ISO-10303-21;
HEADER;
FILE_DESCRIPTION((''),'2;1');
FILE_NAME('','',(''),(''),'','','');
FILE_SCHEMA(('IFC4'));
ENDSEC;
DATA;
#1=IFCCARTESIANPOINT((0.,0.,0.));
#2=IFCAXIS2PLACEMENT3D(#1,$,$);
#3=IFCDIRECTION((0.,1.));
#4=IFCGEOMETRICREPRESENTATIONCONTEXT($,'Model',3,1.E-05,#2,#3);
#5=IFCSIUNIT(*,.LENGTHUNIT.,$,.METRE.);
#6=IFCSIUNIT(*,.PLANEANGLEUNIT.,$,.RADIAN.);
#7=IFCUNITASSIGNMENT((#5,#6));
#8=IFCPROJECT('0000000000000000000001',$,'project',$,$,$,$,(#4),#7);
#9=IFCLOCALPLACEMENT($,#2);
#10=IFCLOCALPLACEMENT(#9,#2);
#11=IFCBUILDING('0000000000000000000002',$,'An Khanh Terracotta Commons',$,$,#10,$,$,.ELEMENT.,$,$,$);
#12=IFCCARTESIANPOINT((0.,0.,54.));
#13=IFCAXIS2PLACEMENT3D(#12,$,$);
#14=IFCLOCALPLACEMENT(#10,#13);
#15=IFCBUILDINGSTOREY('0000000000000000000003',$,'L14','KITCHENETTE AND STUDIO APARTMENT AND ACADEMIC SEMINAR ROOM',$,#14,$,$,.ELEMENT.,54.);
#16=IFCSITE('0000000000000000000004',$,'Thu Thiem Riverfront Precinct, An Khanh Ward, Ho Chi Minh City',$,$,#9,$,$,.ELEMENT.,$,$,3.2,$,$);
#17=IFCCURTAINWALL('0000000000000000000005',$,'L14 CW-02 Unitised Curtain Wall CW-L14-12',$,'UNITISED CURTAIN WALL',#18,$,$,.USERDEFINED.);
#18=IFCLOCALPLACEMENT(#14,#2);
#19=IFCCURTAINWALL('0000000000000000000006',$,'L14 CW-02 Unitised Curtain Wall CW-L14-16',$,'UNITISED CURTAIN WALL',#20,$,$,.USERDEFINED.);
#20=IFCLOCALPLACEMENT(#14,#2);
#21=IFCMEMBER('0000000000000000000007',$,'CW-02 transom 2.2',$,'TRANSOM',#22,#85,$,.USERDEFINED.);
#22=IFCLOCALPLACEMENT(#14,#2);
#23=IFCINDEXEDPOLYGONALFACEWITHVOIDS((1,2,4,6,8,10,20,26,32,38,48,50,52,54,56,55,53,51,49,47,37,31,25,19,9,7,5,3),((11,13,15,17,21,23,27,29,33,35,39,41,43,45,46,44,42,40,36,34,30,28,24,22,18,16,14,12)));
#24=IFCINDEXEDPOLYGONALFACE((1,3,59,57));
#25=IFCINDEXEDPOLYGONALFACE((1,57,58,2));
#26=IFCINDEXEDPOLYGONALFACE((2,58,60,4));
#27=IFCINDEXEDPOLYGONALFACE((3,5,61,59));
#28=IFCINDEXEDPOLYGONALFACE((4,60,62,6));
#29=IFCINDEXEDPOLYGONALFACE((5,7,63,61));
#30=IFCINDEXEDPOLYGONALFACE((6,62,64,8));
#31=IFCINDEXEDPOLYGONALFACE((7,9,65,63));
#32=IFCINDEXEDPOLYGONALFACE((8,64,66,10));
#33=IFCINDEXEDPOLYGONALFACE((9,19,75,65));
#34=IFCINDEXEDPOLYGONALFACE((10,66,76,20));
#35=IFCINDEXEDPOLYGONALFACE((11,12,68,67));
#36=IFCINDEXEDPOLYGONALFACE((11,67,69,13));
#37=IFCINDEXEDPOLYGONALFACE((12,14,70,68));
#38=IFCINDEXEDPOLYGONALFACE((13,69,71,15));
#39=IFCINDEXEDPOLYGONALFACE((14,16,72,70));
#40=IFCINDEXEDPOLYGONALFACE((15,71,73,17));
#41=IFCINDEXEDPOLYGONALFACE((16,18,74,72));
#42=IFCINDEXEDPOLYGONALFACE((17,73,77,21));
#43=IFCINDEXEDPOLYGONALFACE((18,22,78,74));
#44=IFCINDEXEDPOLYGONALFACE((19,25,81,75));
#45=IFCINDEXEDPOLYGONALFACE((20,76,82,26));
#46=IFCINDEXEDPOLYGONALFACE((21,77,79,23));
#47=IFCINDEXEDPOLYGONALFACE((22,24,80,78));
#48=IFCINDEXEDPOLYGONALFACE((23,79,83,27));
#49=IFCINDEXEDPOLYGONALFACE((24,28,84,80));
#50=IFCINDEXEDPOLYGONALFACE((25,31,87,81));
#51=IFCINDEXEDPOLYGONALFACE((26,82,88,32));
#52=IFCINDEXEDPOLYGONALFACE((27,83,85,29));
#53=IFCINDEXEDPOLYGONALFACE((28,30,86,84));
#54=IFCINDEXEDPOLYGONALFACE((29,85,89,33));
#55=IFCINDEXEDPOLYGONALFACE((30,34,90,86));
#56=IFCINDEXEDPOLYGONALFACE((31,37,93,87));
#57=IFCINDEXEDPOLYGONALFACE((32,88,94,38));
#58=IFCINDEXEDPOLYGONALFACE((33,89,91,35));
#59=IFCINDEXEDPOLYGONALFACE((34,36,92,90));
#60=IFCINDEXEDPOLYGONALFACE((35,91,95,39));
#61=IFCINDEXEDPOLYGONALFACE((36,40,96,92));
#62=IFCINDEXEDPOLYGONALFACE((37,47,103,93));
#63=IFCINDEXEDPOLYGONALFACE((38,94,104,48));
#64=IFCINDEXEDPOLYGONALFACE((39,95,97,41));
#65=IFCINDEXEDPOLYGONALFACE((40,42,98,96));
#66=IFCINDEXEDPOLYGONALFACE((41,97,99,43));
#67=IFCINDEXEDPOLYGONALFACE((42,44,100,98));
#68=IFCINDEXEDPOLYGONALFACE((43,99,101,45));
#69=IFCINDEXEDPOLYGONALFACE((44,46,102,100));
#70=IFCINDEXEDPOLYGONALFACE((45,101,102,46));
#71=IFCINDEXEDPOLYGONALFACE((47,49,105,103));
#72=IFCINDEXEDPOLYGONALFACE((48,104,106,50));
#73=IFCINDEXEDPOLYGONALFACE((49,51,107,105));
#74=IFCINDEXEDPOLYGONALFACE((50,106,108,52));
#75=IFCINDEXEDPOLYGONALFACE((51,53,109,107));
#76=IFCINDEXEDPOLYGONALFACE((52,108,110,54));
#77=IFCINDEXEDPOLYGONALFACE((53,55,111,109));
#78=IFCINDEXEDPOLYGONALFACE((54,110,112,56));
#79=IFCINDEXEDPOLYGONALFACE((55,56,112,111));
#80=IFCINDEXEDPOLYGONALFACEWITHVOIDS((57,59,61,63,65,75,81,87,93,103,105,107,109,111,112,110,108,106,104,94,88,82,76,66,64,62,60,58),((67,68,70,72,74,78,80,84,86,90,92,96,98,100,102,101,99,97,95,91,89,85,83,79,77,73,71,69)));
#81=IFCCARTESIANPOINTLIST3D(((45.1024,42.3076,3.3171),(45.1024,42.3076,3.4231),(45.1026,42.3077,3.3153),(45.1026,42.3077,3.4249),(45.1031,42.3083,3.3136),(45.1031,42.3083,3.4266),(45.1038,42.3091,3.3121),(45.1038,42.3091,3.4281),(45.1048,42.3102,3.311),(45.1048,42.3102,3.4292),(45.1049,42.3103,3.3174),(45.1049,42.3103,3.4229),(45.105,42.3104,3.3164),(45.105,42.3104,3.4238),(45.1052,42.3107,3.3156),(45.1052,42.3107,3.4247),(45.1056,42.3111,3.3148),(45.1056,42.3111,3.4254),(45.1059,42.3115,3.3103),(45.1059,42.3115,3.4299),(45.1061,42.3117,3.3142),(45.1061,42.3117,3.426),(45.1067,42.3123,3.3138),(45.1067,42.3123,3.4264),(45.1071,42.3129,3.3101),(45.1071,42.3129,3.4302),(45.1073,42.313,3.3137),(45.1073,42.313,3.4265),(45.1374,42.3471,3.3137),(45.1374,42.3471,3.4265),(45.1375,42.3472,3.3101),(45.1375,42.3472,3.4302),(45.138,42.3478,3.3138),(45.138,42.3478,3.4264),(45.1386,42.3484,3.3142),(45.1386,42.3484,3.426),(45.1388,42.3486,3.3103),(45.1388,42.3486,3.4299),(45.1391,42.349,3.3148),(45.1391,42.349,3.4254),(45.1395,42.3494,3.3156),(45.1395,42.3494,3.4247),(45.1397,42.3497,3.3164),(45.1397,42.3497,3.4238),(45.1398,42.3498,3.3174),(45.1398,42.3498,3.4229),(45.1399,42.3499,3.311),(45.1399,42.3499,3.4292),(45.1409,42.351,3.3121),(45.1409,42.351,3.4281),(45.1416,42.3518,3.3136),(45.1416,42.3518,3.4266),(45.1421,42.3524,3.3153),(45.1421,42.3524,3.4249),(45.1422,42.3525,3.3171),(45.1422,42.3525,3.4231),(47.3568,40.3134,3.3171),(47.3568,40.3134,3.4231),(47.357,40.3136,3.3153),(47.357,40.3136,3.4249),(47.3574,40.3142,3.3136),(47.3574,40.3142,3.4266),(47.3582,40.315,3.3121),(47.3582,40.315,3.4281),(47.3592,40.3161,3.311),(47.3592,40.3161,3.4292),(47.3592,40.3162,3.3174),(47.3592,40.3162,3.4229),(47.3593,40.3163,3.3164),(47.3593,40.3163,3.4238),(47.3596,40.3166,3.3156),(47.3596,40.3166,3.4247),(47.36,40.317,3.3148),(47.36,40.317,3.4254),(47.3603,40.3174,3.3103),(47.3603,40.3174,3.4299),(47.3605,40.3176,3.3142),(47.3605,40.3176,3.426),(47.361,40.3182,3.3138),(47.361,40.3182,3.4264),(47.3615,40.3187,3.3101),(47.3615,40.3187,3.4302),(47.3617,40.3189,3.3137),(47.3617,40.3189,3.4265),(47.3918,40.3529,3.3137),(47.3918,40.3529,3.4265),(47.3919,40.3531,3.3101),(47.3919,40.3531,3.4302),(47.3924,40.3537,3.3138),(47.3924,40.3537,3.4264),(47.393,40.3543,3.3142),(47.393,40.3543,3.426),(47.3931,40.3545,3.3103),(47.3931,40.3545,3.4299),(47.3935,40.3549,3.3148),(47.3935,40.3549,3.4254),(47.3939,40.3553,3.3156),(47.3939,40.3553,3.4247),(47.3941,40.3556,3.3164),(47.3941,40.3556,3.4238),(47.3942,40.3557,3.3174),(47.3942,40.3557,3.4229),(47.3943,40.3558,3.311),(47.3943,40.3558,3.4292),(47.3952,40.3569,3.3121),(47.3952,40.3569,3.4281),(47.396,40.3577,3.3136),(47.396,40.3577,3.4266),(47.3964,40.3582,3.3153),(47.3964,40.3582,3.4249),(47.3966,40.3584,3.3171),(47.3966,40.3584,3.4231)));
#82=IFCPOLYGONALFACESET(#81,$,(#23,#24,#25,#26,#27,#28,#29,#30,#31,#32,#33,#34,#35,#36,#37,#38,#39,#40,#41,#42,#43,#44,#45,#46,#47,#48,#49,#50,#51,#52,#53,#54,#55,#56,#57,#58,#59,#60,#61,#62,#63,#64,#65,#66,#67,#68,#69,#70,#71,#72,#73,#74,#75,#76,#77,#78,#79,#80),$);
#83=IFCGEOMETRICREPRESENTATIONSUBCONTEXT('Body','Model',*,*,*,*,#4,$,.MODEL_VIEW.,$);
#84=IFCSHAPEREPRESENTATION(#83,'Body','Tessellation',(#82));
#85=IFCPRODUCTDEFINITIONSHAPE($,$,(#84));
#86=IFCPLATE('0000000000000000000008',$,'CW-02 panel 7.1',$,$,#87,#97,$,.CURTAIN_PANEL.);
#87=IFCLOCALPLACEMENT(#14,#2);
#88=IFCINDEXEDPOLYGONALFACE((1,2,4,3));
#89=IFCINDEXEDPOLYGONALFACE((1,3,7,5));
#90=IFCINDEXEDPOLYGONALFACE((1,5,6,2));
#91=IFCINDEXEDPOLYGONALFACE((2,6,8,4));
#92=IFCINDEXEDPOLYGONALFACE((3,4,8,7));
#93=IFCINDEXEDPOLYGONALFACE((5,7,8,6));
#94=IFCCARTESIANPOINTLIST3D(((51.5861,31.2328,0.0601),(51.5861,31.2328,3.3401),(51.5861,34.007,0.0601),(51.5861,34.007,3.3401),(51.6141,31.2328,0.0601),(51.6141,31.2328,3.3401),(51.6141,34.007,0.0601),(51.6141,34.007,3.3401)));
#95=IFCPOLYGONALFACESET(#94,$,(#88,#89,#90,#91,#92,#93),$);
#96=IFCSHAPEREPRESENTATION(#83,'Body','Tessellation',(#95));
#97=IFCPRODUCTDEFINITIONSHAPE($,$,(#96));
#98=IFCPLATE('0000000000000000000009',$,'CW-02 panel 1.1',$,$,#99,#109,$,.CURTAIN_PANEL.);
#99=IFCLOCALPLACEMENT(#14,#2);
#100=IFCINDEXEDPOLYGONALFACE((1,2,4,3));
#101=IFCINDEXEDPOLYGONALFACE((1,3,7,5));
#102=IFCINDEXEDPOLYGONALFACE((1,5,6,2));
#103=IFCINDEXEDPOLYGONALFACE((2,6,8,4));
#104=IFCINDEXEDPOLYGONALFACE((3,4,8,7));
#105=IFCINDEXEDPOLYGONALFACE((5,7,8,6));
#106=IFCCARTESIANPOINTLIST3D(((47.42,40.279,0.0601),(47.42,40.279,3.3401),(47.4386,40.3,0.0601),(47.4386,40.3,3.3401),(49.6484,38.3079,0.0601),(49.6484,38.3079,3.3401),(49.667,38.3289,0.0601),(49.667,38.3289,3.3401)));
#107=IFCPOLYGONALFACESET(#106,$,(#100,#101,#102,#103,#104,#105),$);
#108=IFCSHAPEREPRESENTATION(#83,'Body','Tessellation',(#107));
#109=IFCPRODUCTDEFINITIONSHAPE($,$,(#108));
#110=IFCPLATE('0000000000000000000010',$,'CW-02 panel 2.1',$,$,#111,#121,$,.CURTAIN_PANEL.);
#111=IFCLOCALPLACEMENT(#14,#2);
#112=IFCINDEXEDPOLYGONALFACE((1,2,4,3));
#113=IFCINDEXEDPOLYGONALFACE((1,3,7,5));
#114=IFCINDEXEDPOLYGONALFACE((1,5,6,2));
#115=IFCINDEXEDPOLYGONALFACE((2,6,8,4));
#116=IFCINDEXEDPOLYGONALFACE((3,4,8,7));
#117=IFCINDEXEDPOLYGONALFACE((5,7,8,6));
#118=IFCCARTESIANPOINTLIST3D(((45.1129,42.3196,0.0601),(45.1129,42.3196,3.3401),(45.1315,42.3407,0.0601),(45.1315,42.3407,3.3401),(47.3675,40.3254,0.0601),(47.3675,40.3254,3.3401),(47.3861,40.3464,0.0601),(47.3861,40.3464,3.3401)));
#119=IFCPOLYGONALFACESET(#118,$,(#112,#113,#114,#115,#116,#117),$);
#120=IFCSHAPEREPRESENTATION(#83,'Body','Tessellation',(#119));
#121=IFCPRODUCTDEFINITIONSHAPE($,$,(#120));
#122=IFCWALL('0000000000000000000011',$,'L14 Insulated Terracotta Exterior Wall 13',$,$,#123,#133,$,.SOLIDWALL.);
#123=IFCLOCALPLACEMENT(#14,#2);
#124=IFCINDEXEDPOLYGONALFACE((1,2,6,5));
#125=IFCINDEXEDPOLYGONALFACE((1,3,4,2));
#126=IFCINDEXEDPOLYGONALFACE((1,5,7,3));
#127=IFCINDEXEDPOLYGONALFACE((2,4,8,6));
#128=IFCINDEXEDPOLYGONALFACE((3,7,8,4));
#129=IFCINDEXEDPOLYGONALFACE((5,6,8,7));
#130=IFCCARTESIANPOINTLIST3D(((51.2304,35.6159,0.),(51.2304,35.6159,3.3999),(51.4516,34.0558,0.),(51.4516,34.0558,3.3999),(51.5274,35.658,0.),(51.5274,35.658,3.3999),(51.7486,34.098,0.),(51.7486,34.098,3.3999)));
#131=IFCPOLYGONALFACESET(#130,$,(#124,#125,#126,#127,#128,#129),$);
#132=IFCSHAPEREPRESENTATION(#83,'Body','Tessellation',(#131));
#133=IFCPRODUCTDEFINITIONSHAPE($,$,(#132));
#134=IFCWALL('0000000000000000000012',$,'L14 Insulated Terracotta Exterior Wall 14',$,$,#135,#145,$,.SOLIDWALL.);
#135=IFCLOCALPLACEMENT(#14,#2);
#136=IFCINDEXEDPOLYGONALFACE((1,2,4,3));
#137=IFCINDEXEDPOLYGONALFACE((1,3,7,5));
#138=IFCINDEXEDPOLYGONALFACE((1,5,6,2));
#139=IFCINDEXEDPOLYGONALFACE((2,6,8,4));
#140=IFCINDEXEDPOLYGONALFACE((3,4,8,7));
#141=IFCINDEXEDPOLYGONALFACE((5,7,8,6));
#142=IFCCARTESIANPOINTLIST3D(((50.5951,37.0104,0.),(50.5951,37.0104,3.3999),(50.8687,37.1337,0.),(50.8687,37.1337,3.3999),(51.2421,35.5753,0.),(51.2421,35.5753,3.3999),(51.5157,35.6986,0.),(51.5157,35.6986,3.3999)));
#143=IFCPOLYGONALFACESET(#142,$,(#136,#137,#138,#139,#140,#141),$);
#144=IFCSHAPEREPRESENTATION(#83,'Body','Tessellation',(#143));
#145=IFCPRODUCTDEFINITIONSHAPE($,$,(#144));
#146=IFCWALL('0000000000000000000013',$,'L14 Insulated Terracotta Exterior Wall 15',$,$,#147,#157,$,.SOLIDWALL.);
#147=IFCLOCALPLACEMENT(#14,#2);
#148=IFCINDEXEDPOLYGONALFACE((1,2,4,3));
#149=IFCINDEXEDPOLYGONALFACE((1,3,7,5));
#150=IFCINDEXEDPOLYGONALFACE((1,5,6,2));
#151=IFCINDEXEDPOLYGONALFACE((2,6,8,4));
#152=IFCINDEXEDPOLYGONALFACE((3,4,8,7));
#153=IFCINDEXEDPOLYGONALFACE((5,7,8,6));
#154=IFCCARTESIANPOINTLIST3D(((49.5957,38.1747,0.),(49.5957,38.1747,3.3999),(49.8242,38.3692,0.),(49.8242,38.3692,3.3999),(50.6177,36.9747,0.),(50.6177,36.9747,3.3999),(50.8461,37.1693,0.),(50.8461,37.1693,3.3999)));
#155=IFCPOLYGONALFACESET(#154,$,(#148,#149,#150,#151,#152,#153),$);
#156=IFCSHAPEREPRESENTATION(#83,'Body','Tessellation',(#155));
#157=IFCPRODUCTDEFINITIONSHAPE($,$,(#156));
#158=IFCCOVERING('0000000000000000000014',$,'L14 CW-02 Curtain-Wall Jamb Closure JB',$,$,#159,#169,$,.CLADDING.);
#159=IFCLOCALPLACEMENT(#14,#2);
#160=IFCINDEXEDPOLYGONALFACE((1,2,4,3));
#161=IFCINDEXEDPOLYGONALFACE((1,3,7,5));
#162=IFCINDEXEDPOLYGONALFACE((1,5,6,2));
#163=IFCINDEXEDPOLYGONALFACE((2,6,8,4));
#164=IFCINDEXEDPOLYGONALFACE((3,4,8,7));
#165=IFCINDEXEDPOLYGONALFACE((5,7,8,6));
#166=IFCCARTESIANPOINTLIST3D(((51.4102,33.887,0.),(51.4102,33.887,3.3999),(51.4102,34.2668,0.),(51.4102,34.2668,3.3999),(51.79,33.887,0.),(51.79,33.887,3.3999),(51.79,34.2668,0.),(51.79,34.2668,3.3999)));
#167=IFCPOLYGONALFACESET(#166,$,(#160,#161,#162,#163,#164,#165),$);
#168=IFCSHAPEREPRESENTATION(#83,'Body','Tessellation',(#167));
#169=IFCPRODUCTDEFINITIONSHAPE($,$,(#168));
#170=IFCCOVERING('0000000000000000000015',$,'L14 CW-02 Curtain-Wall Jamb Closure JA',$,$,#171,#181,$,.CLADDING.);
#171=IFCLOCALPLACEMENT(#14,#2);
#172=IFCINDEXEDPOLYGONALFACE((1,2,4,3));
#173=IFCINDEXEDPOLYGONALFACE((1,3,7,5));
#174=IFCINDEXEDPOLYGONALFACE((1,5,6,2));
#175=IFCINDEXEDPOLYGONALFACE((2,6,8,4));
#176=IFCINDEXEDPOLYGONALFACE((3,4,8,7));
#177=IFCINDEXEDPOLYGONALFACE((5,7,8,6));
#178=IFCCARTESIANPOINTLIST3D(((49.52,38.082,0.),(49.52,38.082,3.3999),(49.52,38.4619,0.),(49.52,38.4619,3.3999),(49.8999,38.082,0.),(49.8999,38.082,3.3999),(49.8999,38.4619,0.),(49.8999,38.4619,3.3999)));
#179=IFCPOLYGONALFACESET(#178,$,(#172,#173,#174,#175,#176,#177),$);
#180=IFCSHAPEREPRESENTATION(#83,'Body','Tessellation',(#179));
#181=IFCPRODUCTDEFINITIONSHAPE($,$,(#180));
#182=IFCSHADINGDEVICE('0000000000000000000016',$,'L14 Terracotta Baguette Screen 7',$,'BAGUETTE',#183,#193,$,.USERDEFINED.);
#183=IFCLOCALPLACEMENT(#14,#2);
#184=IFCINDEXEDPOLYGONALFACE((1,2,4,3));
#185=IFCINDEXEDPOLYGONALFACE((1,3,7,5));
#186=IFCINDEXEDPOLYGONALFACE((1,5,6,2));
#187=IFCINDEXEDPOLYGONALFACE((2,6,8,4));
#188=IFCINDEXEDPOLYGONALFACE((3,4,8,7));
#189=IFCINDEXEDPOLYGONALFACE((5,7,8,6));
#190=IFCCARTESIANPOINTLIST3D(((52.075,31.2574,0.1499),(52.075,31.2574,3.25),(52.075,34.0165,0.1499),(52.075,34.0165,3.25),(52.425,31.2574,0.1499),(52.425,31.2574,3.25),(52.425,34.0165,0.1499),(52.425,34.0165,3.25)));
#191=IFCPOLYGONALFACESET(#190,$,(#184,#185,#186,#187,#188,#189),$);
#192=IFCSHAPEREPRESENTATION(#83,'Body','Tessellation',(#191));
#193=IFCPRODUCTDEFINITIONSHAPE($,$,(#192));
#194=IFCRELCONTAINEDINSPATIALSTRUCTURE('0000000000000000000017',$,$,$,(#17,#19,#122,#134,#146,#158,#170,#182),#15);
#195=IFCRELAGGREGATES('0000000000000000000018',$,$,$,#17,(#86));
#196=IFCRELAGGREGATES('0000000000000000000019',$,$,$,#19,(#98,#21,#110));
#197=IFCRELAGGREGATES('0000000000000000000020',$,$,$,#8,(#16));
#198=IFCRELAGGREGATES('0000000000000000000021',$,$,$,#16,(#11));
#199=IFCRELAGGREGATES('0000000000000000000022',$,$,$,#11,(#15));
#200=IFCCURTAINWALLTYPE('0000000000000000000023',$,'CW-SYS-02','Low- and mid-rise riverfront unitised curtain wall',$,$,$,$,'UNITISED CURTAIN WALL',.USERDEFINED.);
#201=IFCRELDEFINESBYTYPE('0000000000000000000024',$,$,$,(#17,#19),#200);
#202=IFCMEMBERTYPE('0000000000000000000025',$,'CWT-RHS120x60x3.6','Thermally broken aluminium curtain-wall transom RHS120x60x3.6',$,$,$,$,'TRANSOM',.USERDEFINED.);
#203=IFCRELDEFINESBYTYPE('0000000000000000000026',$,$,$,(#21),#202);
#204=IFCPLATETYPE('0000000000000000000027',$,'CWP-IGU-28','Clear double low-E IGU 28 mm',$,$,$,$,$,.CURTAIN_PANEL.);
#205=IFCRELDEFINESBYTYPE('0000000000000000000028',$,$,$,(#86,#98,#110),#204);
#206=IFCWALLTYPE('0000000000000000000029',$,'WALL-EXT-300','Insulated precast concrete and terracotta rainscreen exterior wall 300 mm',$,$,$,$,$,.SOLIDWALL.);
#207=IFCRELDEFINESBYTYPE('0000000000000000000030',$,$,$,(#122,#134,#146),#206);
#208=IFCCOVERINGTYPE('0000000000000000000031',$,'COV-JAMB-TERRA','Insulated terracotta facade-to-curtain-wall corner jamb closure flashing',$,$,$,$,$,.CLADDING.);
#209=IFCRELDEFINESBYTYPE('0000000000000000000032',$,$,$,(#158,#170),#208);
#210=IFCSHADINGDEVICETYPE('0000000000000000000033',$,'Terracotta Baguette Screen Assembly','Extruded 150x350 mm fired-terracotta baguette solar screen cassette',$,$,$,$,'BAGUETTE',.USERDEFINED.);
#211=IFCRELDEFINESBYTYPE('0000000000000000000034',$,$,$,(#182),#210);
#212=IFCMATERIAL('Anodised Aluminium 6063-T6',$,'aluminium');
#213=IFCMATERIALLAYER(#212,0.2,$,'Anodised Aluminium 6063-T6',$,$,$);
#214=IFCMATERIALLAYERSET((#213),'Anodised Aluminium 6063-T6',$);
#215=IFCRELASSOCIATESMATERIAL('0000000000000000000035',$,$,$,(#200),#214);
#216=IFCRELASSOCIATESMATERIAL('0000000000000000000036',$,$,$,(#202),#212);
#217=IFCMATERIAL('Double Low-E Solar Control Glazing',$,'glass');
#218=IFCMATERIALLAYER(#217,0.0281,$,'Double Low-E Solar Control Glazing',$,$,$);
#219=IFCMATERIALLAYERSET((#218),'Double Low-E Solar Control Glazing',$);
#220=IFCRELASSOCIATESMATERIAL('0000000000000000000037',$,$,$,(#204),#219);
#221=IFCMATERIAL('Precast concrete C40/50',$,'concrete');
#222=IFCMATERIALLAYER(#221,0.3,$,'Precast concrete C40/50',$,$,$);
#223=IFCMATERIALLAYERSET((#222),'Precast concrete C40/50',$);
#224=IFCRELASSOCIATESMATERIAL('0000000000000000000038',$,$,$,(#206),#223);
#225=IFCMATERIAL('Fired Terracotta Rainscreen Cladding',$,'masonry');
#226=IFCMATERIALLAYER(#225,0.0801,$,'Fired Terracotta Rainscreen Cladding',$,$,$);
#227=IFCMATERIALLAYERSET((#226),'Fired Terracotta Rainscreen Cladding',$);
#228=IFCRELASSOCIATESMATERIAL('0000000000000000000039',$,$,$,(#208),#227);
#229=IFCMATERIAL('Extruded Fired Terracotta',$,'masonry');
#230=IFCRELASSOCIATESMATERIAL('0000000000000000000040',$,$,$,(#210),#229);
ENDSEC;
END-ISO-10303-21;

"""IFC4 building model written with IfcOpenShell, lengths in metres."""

from ifc_helpers import new_model, si_unit, direction, frame, frame_2d, origin, origin_2d, place, context, subcontext, project, spatial, rectangle, hollow_rectangle, extrude, material, layer, layer_set, material_profile, profile_set, type_object, element, aggregate, save


model = new_model("IFC4")

# Units and contexts
model_context = context("Model", 3, precision=1e-05, world=origin(), true_north=direction((0.0, 1.0)))
body_context = subcontext(model_context, "Body", "Model", "MODEL_VIEW")
ifc_project = project(units=[si_unit("LENGTHUNIT", "METRE"), si_unit("PLANEANGLEUNIT", "RADIAN")], contexts=[model_context])

# Site, building, storey
site_placement = place(None, origin())
site = spatial("IfcSite", under=ifc_project, at=site_placement, Name="Thu Thiem Riverfront Precinct, An Khanh Ward, Ho Chi Minh City", CompositionType="ELEMENT", RefElevation=3.2)
building_placement = place(site_placement, origin())
building = spatial("IfcBuilding", under=site, at=building_placement, Name="An Khanh Terracotta Commons", CompositionType="ELEMENT")
storey_placement = place(building_placement, frame((0.0, 0.0, 54.0)))
storey = spatial("IfcBuildingStorey", under=building, at=storey_placement, Name="L14", Description="KITCHENETTE AND STUDIO APARTMENT AND ACADEMIC SEMINAR ROOM", CompositionType="ELEMENT", Elevation=54.0)

# Curtain wall
ifc_material_1 = material(Name="Anodised Aluminium 6063-T6", Category="aluminium")
ifc_layer_1 = layer(ifc_material_1, 0.2, Name="Anodised Aluminium 6063-T6")
ifc_layer_set_1 = layer_set([ifc_layer_1], Name="Anodised Aluminium 6063-T6")
curtain_wall_type = type_object("IfcCurtainWallType", Name="CW-SYS-02", Description="Low- and mid-rise riverfront unitised curtain wall", ElementType="UNITISED CURTAIN WALL", PredefinedType="USERDEFINED", material=ifc_layer_set_1)
curtain_wall_1_placement = place(storey_placement, origin())
curtain_wall_1 = element("IfcCurtainWall", 1, at=curtain_wall_1_placement, inside=storey, type_object=curtain_wall_type, Name="L14 CW-02 Unitised Curtain Wall CW-L14-12", ObjectType="UNITISED CURTAIN WALL", PredefinedType="USERDEFINED")

# Curtain wall, member
curtain_wall_2_placement = place(storey_placement, origin())
curtain_wall_2 = element("IfcCurtainWall", 2, at=curtain_wall_2_placement, inside=storey, type_object=curtain_wall_type, Name="L14 CW-02 Unitised Curtain Wall CW-L14-16", ObjectType="UNITISED CURTAIN WALL", PredefinedType="USERDEFINED")
ifc_material_profile_1 = material_profile(ifc_material_1, hollow_rectangle(XDim=0.0601, YDim=0.1201, WallThickness=0.0037, InnerFilletRadius=0.0037, OuterFilletRadius=0.0071, at=origin_2d()), Name="RHS120x60x3.6")
ifc_profile_set_1 = profile_set([ifc_material_profile_1], Name="Anodised Aluminium 6063-T6")
member_type_1 = type_object("IfcMemberType", Name="CWT-RHS120x60x3.6", Description="Thermally broken aluminium curtain-wall transom RHS120x60x3.6", ElementType="TRANSOM", PredefinedType="USERDEFINED", material=ifc_profile_set_1)
member_1_placement = place(storey_placement, frame((47.3767, 40.3359, 3.3701), z_axis=(-0.749018, 0.662549, 0.0), x_axis=(-0.662549, -0.749018, 0.0)))
member_1 = element("IfcMember", 3, at=member_1_placement, type_object=member_type_1, Name="CW-02 transom 2.2", ObjectType="TRANSOM", PredefinedType="USERDEFINED", context=body_context, shape_type="SweptSolid", body=[
    extrude(hollow_rectangle(XDim=0.0601, YDim=0.1201, WallThickness=0.0037, InnerFilletRadius=0.0037, OuterFilletRadius=0.0071, at=origin_2d()), origin(), (0.0, 0.0, 1.0), 3.0098),
])

# Plates
ifc_material_2 = material(Name="Double Low-E Solar Control Glazing", Category="glass")
ifc_layer_2 = layer(ifc_material_2, 0.0281, Name="Double Low-E Solar Control Glazing")
ifc_layer_set_2 = layer_set([ifc_layer_2], Name="Double Low-E Solar Control Glazing")
plate_type = type_object("IfcPlateType", Name="CWP-IGU-28", Description="Clear double low-E IGU 28 mm", PredefinedType="CURTAIN_PANEL", material=ifc_layer_set_2)
plate_1_placement = place(storey_placement, frame((51.6001, 32.6199, 0.0601), z_axis=(0.0, 0.0, 1.0), x_axis=(0.0, 1.0, 0.0)))
plate_1 = element("IfcPlate", 4, at=plate_1_placement, type_object=plate_type, Name="CW-02 panel 7.1", PredefinedType="CURTAIN_PANEL", context=body_context, shape_type="SweptSolid", body=[
    extrude(rectangle(XDim=2.7742, YDim=0.0281, at=origin_2d()), origin(), (0.0, 0.0, 1.0), 3.28),
])
aggregate(curtain_wall_1, [plate_1])
plate_2_placement = place(storey_placement, frame((48.5435, 39.304, 0.0601), z_axis=(0.0, 0.0, 1.0), x_axis=(-0.749019, 0.662548, 0.0)))
plate_2 = element("IfcPlate", 5, at=plate_2_placement, type_object=plate_type, Name="CW-02 panel 1.1", PredefinedType="CURTAIN_PANEL", context=body_context, shape_type="SweptSolid", body=[
    extrude(rectangle(XDim=2.9751, YDim=0.0281, at=origin_2d()), origin(), (0.0, 0.0, 1.0), 3.28),
])
plate_3_placement = place(storey_placement, frame((46.2495, 41.333, 0.0601), z_axis=(0.0, 0.0, 1.0), x_axis=(-0.749019, 0.662548, 0.0)))
plate_3 = element("IfcPlate", 6, at=plate_3_placement, type_object=plate_type, Name="CW-02 panel 2.1", PredefinedType="CURTAIN_PANEL", context=body_context, shape_type="SweptSolid", body=[
    extrude(rectangle(XDim=3.01, YDim=0.0281, at=origin_2d()), origin(), (0.0, 0.0, 1.0), 3.28),
])
aggregate(curtain_wall_2, [plate_2, member_1, plate_3])

# Walls
ifc_material_3 = material(Name="Precast concrete C40/50", Category="concrete")
ifc_layer_3 = layer(ifc_material_3, 0.3, Name="Precast concrete C40/50")
ifc_layer_set_3 = layer_set([ifc_layer_3], Name="Precast concrete C40/50")
wall_type = type_object("IfcWallType", Name="WALL-EXT-300", Description="Insulated precast concrete and terracotta rainscreen exterior wall 300 mm", PredefinedType="SOLIDWALL", material=ifc_layer_set_3)
wall_1_placement = place(storey_placement, frame((51.6001, 34.0769, 0.0), z_axis=(0.0, 0.0, 1.0), x_axis=(-0.14038, 0.990098, 0.0)))
element("IfcWall", 7, at=wall_1_placement, inside=storey, type_object=wall_type, Name="L14 Insulated Terracotta Exterior Wall 13", PredefinedType="SOLIDWALL", context=body_context, shape_type="SweptSolid", body=[
    extrude(rectangle(XDim=1.5757, YDim=0.3, at=frame_2d((0.7878, 0.0))), origin(), (0.0, 0.0, 1.0), 3.3999),
])
wall_2_placement = place(storey_placement, frame((51.3789, 35.637, 0.0), z_axis=(0.0, 0.0, 1.0), x_axis=(-0.410997, 0.911637, 0.0)))
element("IfcWall", 8, at=wall_2_placement, inside=storey, type_object=wall_type, Name="L14 Insulated Terracotta Exterior Wall 14", PredefinedType="SOLIDWALL", context=body_context, shape_type="SweptSolid", body=[
    extrude(rectangle(XDim=1.5742, YDim=0.3, at=frame_2d((0.7871, 0.0))), origin(), (0.0, 0.0, 1.0), 3.3999),
])
wall_3_placement = place(storey_placement, frame((50.7319, 37.072, 0.0), z_axis=(0.0, 0.0, 1.0), x_axis=(-0.64839, 0.761308, 0.0)))
element("IfcWall", 9, at=wall_3_placement, inside=storey, type_object=wall_type, Name="L14 Insulated Terracotta Exterior Wall 15", PredefinedType="SOLIDWALL", context=body_context, shape_type="SweptSolid", body=[
    extrude(rectangle(XDim=1.5762, YDim=0.3, at=frame_2d((0.7881, 0.0))), origin(), (0.0, 0.0, 1.0), 3.3999),
])

# Coverings
ifc_material_4 = material(Name="Fired Terracotta Rainscreen Cladding", Category="masonry")
ifc_layer_4 = layer(ifc_material_4, 0.0801, Name="Fired Terracotta Rainscreen Cladding")
ifc_layer_set_4 = layer_set([ifc_layer_4], Name="Fired Terracotta Rainscreen Cladding")
covering_type = type_object("IfcCoveringType", Name="COV-JAMB-TERRA", Description="Insulated terracotta facade-to-curtain-wall corner jamb closure flashing", PredefinedType="CLADDING", material=ifc_layer_set_4)
for number, where, z_axis, x_axis, name in (
    (10, (51.6001, 34.0769, 0.0), (0.0, 0.0, 1.0), (1.0, 0.0, 0.0), "L14 CW-02 Curtain-Wall Jamb Closure JB"),
    (11, (49.71, 38.272, 0.0), (0.0, 0.0, 1.0), (1.0, 0.0, 0.0), "L14 CW-02 Curtain-Wall Jamb Closure JA"),
):
    element("IfcCovering", number, at=place(storey_placement, frame(where, z_axis=z_axis, x_axis=x_axis)), inside=storey, type_object=covering_type, Name=name, PredefinedType="CLADDING", context=body_context, shape_type="SweptSolid", body=[
        extrude(rectangle(XDim=0.3799, YDim=0.3799, at=origin_2d()), origin(), (0.0, 0.0, 1.0), 3.3999),
    ])

# Shading device
ifc_material_5 = material(Name="Extruded Fired Terracotta", Category="masonry")
shading_device_type = type_object("IfcShadingDeviceType", Name="Terracotta Baguette Screen Assembly", Description="Extruded 150x350 mm fired-terracotta baguette solar screen cassette", ElementType="BAGUETTE", PredefinedType="USERDEFINED", material=ifc_material_5)
shading_device_1_placement = place(storey_placement, frame((52.25, 32.637, 0.1499), z_axis=(0.0, 0.0, 1.0), x_axis=(0.0, 1.0, 0.0)))
element("IfcShadingDevice", 12, at=shading_device_1_placement, inside=storey, type_object=shading_device_type, Name="L14 Terracotta Baguette Screen 7", ObjectType="BAGUETTE", PredefinedType="USERDEFINED", context=body_context, shape_type="SweptSolid", body=[
    extrude(rectangle(XDim=2.759, YDim=0.3501, at=origin_2d()), origin(), (0.0, 0.0, 1.0), 3.1001),
])

save(model, "model.ifc")
